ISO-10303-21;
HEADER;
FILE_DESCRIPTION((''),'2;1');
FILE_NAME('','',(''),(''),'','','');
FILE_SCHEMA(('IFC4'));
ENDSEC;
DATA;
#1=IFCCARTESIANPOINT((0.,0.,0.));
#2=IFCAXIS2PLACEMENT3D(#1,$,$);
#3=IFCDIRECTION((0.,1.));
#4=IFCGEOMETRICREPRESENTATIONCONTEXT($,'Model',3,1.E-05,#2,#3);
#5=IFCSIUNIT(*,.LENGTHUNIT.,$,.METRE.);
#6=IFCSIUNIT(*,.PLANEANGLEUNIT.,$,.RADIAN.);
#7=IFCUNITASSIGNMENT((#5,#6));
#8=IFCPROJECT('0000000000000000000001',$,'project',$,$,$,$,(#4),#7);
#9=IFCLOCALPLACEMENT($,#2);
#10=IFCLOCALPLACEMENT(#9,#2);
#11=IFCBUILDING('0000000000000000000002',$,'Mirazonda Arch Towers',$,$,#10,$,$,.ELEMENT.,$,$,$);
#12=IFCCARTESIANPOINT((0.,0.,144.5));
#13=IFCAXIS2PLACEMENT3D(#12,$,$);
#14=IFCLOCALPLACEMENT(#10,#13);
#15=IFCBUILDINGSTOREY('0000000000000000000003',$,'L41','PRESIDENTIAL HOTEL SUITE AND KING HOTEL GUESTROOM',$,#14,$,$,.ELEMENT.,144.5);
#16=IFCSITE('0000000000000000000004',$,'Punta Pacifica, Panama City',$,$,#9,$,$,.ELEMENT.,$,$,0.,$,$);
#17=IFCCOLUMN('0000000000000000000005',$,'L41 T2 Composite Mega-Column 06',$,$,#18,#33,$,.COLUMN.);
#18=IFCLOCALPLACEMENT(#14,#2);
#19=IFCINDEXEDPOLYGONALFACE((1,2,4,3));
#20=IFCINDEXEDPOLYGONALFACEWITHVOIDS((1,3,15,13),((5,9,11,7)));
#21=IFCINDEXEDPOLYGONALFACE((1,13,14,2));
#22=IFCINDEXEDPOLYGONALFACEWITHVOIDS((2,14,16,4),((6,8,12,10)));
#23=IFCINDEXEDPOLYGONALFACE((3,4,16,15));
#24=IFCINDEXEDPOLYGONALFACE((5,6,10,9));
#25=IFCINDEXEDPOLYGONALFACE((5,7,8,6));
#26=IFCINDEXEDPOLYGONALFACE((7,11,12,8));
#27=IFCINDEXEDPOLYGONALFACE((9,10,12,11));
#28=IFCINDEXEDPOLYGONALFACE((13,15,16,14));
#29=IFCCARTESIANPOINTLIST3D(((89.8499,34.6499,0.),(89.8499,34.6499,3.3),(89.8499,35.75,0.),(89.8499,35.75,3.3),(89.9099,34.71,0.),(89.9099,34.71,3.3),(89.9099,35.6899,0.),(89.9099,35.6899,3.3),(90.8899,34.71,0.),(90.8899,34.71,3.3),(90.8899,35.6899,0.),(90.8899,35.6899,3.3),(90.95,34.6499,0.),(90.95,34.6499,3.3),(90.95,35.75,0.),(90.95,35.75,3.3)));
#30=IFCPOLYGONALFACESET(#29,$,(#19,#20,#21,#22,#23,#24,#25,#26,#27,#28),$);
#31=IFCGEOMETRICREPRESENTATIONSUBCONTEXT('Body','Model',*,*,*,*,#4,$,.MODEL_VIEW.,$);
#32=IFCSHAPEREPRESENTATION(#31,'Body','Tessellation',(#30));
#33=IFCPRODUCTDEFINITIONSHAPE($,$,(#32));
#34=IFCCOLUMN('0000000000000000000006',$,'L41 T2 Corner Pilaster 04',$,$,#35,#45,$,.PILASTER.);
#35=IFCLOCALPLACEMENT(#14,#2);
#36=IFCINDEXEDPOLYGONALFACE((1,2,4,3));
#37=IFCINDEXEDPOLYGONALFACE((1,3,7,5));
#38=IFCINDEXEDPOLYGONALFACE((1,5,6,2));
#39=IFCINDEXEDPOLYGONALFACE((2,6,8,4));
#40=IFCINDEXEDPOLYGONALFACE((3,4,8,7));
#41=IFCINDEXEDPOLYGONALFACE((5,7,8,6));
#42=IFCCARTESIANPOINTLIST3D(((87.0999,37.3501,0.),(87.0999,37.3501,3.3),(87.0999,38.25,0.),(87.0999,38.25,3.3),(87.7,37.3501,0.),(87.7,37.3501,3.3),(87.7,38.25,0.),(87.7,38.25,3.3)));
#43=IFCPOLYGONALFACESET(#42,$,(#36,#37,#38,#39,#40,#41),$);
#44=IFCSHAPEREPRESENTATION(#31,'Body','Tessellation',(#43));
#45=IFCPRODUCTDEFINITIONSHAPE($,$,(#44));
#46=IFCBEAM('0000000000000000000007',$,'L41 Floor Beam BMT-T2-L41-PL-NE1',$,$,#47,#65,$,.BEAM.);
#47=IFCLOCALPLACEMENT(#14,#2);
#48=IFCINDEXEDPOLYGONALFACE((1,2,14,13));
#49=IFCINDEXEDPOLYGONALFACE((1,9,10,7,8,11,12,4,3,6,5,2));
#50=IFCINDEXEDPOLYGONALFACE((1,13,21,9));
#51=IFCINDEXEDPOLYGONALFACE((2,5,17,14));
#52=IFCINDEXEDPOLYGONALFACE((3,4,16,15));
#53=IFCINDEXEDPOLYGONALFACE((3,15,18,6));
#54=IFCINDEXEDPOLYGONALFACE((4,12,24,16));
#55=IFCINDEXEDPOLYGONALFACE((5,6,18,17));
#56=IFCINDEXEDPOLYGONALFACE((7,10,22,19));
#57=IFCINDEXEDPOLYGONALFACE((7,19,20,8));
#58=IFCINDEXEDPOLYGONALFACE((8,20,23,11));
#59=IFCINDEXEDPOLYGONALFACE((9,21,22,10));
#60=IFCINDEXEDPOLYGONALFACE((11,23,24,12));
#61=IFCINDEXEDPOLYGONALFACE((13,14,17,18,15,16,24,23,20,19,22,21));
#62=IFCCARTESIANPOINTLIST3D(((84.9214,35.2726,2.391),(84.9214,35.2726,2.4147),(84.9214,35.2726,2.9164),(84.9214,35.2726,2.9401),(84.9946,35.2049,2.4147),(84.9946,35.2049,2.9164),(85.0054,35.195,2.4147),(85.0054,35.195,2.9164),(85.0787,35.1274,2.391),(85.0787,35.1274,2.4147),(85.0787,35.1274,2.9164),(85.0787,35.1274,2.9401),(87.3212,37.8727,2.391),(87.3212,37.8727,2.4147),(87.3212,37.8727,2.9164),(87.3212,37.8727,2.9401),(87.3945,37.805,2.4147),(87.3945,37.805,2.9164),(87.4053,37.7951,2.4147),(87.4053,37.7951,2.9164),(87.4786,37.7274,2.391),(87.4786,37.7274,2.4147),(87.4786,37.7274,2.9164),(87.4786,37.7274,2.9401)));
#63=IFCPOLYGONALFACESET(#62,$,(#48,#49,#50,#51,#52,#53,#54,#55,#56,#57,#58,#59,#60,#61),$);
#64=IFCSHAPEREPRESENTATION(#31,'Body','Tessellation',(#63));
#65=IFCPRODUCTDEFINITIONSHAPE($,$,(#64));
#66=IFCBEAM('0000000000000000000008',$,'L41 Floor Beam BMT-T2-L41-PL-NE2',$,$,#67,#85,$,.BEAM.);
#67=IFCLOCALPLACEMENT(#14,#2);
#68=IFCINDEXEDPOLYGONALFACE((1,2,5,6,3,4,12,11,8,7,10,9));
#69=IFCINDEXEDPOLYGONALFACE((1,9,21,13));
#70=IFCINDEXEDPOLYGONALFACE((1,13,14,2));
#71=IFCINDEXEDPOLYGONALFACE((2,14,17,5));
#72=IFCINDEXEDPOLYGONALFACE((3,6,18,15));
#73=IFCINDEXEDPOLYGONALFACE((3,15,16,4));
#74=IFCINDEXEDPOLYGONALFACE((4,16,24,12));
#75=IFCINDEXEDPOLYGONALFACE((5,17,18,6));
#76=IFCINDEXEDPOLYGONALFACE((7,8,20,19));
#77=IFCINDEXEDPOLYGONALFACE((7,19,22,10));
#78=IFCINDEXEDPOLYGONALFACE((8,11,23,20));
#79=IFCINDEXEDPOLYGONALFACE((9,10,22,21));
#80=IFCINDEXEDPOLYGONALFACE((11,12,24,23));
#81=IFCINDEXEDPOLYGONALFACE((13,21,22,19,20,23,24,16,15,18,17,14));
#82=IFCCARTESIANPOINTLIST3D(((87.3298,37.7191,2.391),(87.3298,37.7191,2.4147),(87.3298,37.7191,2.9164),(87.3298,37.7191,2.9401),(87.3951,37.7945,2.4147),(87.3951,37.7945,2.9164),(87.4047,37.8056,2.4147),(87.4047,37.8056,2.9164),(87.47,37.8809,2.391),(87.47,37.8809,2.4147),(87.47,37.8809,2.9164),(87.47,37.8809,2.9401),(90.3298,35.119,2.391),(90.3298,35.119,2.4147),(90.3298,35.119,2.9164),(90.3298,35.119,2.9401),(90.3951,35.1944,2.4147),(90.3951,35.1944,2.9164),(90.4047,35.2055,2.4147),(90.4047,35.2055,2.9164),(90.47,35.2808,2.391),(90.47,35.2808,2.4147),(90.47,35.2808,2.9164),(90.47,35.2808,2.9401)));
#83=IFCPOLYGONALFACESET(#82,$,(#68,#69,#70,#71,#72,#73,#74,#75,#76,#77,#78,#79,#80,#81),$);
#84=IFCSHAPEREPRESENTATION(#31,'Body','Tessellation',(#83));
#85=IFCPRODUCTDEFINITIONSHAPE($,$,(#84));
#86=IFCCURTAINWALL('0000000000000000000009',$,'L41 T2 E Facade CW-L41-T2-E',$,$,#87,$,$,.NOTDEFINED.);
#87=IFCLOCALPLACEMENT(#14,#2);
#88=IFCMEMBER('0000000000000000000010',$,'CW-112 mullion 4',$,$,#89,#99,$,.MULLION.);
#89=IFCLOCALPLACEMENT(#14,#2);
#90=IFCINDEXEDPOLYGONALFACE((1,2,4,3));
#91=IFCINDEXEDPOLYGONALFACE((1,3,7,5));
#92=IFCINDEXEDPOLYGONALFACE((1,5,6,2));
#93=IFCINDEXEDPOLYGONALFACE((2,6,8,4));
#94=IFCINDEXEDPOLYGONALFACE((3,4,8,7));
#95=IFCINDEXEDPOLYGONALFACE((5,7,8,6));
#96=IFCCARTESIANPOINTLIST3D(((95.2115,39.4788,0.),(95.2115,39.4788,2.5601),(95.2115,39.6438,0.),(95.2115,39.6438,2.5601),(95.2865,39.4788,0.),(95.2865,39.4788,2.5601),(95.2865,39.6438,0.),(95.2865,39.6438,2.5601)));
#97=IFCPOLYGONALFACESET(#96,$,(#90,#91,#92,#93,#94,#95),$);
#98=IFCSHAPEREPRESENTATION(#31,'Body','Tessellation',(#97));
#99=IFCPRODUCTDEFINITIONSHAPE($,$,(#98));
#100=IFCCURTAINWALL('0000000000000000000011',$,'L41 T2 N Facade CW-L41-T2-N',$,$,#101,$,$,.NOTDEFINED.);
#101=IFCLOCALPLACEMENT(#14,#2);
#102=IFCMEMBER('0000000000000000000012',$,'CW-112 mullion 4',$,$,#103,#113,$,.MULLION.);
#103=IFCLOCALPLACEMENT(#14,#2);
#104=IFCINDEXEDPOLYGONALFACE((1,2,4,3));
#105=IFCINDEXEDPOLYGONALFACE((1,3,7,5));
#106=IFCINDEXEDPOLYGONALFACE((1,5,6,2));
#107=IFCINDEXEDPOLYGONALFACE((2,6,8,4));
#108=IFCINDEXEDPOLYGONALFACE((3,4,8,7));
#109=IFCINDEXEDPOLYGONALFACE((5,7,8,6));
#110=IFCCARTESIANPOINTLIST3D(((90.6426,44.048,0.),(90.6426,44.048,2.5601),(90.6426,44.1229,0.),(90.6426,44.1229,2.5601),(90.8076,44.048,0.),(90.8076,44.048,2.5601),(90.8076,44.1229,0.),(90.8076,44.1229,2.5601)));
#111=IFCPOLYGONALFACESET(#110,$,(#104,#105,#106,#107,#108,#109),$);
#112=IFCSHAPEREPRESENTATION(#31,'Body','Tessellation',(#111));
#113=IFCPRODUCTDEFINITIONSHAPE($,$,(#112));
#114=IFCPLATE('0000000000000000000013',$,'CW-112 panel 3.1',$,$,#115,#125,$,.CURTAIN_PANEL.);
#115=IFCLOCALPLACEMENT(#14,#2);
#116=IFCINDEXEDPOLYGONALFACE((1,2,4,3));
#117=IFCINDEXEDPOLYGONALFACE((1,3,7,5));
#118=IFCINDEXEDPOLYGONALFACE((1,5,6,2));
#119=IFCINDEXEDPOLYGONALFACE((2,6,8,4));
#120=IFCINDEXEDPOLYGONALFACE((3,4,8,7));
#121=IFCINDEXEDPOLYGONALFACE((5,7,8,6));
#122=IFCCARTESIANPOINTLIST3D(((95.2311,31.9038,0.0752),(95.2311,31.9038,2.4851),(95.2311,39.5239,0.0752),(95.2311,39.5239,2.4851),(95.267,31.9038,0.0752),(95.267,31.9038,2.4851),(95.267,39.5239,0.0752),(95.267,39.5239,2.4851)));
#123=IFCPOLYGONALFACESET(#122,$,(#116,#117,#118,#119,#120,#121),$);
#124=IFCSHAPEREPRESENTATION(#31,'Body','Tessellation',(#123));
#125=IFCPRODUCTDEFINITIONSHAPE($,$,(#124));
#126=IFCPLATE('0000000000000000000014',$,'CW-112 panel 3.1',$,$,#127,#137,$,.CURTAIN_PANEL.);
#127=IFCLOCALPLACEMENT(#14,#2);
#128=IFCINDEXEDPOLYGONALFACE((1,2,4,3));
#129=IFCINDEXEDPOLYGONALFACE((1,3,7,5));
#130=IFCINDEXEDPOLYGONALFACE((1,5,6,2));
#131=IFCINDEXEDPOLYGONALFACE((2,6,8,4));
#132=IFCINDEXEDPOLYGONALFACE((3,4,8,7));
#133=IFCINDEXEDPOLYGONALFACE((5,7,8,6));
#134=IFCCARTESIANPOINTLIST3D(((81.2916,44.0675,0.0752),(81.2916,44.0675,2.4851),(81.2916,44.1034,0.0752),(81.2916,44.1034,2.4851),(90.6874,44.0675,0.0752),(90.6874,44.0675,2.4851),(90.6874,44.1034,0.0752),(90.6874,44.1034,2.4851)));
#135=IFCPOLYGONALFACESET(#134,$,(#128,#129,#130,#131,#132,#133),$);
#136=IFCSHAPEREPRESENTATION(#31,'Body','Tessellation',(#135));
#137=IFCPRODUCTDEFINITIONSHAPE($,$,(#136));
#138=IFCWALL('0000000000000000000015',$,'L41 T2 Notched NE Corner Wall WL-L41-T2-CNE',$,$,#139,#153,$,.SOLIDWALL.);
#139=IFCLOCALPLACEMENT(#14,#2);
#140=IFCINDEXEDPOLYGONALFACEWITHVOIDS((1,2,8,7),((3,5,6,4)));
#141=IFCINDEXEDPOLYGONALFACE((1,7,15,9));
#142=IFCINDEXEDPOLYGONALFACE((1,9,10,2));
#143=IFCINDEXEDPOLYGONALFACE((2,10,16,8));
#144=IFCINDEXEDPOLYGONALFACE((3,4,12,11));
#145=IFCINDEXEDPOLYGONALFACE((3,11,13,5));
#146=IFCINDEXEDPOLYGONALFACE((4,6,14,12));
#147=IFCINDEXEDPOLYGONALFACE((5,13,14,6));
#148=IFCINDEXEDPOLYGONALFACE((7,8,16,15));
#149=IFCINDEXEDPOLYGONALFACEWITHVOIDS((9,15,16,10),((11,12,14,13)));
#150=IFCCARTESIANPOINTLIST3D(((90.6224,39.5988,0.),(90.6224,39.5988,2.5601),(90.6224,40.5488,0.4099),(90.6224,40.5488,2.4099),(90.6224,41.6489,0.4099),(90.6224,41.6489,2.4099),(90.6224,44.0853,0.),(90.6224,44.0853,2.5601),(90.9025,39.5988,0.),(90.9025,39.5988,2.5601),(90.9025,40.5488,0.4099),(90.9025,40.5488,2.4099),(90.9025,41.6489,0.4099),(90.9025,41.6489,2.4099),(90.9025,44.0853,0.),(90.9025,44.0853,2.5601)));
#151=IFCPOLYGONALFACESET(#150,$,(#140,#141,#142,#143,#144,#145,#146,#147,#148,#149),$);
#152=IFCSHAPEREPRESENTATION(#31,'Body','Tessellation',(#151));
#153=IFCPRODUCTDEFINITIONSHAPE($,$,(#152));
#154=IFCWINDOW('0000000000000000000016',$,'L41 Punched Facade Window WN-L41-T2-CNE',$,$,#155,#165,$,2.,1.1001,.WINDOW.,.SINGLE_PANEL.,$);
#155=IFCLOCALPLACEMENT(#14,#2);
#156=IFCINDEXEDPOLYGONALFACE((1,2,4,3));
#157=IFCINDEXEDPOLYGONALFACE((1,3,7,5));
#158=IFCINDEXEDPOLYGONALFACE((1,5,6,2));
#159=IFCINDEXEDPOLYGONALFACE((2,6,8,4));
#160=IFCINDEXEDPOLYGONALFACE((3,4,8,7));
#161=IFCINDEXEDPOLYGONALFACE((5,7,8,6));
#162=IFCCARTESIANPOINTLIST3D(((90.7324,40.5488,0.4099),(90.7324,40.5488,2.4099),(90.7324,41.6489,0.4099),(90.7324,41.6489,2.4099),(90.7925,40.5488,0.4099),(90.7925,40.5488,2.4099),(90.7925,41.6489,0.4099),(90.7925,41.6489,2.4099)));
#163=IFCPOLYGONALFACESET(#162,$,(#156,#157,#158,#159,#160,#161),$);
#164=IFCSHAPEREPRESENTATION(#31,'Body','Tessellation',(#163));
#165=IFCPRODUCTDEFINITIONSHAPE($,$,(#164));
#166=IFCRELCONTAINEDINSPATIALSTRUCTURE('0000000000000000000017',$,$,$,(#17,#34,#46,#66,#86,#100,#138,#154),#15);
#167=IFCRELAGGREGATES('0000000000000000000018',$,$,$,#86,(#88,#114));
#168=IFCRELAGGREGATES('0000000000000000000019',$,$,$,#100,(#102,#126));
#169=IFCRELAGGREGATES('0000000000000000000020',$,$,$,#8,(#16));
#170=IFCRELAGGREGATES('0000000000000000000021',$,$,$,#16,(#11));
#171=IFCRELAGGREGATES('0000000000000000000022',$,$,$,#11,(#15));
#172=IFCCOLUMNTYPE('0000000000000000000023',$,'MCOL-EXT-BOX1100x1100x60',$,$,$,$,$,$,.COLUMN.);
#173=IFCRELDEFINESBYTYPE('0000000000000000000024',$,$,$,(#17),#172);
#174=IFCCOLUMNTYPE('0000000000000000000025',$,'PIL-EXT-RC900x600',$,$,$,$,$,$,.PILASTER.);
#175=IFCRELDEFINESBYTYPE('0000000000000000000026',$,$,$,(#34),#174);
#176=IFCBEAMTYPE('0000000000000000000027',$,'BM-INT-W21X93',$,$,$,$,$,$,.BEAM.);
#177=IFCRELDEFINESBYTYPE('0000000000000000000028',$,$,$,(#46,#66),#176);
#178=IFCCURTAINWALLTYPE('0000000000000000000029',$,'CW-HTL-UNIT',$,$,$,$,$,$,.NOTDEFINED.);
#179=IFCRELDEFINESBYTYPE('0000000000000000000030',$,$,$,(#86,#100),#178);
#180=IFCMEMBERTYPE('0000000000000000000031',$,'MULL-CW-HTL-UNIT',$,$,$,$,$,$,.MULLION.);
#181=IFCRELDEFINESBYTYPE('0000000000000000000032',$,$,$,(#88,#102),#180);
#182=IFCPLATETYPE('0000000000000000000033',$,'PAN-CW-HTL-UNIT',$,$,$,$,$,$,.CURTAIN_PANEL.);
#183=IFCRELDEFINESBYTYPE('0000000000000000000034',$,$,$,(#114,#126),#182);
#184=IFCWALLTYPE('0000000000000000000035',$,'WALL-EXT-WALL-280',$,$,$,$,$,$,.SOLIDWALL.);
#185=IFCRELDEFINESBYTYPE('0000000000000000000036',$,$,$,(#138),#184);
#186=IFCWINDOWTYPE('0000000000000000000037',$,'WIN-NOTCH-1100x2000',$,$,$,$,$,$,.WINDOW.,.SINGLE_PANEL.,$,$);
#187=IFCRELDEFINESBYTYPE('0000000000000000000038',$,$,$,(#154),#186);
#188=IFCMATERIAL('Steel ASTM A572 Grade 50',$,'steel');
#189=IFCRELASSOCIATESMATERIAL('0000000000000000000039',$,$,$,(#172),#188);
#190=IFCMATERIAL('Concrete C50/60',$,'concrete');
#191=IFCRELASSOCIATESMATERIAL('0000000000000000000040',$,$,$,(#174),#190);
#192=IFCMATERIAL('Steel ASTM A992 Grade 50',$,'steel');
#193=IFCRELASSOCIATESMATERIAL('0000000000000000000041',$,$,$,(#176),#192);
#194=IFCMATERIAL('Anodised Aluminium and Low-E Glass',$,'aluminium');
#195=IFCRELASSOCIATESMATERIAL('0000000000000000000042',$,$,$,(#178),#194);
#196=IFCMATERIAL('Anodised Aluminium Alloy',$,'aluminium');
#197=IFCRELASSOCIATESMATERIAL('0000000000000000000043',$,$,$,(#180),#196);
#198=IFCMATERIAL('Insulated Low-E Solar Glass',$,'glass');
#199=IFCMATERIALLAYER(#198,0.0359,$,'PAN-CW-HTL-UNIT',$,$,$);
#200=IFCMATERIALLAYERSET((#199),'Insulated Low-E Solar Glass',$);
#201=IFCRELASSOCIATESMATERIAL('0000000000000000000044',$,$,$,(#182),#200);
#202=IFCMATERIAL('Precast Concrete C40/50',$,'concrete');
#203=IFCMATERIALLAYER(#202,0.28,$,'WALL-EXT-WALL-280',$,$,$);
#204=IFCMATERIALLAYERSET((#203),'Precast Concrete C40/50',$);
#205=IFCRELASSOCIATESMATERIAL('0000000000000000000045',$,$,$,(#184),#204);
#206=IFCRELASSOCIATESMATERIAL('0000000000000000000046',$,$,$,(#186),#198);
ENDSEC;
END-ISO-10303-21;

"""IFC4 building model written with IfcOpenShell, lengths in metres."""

from ifc_helpers import new_model, si_unit, direction, frame, frame_2d, origin, origin_2d, place, context, subcontext, project, spatial, rectangle, hollow_rectangle, i_section, extrude, material, layer, layer_set, material_profile, profile_set, type_object, element, fill, aggregate, save


model = new_model("IFC4")

# Units and contexts
model_context = context("Model", 3, precision=1e-05, world=origin(), true_north=direction((0.0, 1.0)))
body_context = subcontext(model_context, "Body", "Model", "MODEL_VIEW")
ifc_project = project(units=[si_unit("LENGTHUNIT", "METRE"), si_unit("PLANEANGLEUNIT", "RADIAN")], contexts=[model_context])

# Site, building, storey
site_placement = place(None, origin())
site = spatial("IfcSite", under=ifc_project, at=site_placement, Name="Punta Pacifica, Panama City", CompositionType="ELEMENT", RefElevation=0.0)
building_placement = place(site_placement, origin())
building = spatial("IfcBuilding", under=site, at=building_placement, Name="Mirazonda Arch Towers", CompositionType="ELEMENT")
storey_placement = place(building_placement, frame((0.0, 0.0, 144.5)))
storey = spatial("IfcBuildingStorey", under=building, at=storey_placement, Name="L41", Description="PRESIDENTIAL HOTEL SUITE AND KING HOTEL GUESTROOM", CompositionType="ELEMENT", Elevation=144.5)

# Columns
ifc_material_1 = material(Name="Steel ASTM A572 Grade 50", Category="steel")
ifc_material_profile_1 = material_profile(ifc_material_1, hollow_rectangle(XDim=1.1001, YDim=1.1001, WallThickness=0.0601, at=origin_2d()), Name="BOX1100x1100x60")
ifc_profile_set_1 = profile_set([ifc_material_profile_1], Name="Steel ASTM A572 Grade 50")
column_type_1 = type_object("IfcColumnType", Name="MCOL-EXT-BOX1100x1100x60", PredefinedType="COLUMN", material=ifc_profile_set_1)
column_1_placement = place(storey_placement, frame((90.3999, 35.2, 0.0), z_axis=(0.0, 0.0, 1.0), x_axis=(1.0, 0.0, 0.0)))
element("IfcColumn", 1, at=column_1_placement, inside=storey, type_object=column_type_1, Name="L41 T2 Composite Mega-Column 06", PredefinedType="COLUMN", context=body_context, shape_type="SweptSolid", body=[
    extrude(hollow_rectangle(XDim=1.1001, YDim=1.1001, WallThickness=0.0601, at=origin_2d()), origin(), (0.0, 0.0, 1.0), 3.3),
])
ifc_material_2 = material(Name="Concrete C50/60", Category="concrete")
ifc_material_profile_2 = material_profile(ifc_material_2, rectangle(XDim=0.6001, YDim=0.8999, at=origin_2d()), Name="RC900x600")
ifc_profile_set_2 = profile_set([ifc_material_profile_2], Name="Concrete C50/60")
column_type_2 = type_object("IfcColumnType", Name="PIL-EXT-RC900x600", PredefinedType="PILASTER", material=ifc_profile_set_2)
column_2_placement = place(storey_placement, frame((87.3999, 37.8, 0.0), z_axis=(0.0, 0.0, 1.0), x_axis=(1.0, 0.0, 0.0)))
element("IfcColumn", 2, at=column_2_placement, inside=storey, type_object=column_type_2, Name="L41 T2 Corner Pilaster 04", PredefinedType="PILASTER", context=body_context, shape_type="SweptSolid", body=[
    extrude(rectangle(XDim=0.6001, YDim=0.8999, at=origin_2d()), origin(), (0.0, 0.0, 1.0), 3.3),
])

# Beams
ifc_material_3 = material(Name="Steel ASTM A992 Grade 50", Category="steel")
ifc_material_profile_3 = material_profile(ifc_material_3, i_section(OverallWidth=0.2141, OverallDepth=0.5491, WebThickness=0.0146, FlangeThickness=0.0237, at=origin_2d()), Name="W21X93")
ifc_profile_set_3 = profile_set([ifc_material_profile_3], Name="Steel ASTM A992 Grade 50")
beam_type = type_object("IfcBeamType", Name="BM-INT-W21X93", PredefinedType="BEAM", material=ifc_profile_set_3)
beam_1_placement = place(storey_placement, frame((87.3999, 37.8, 2.6655), z_axis=(-0.678251, -0.73483, 0.0), x_axis=(0.73483, -0.678251, 0.0)))
element("IfcBeam", 3, at=beam_1_placement, inside=storey, type_object=beam_type, Name="L41 Floor Beam BMT-T2-L41-PL-NE1", PredefinedType="BEAM", context=body_context, shape_type="SweptSolid", body=[
    extrude(i_section(OverallWidth=0.2141, OverallDepth=0.5491, WebThickness=0.0146, FlangeThickness=0.0237, at=origin_2d()), origin(), (0.0, 0.0, 1.0), 3.5383),
])
beam_2_placement = place(storey_placement, frame((87.3999, 37.8, 2.6655), z_axis=(0.755677, -0.654945, 0.0), x_axis=(0.654945, 0.755677, 0.0)))
element("IfcBeam", 4, at=beam_2_placement, inside=storey, type_object=beam_type, Name="L41 Floor Beam BMT-T2-L41-PL-NE2", PredefinedType="BEAM", context=body_context, shape_type="SweptSolid", body=[
    extrude(i_section(OverallWidth=0.2141, OverallDepth=0.5491, WebThickness=0.0146, FlangeThickness=0.0237, at=origin_2d()), origin(), (0.0, 0.0, 1.0), 3.97),
])

# Curtain walls, members
ifc_material_4 = material(Name="Anodised Aluminium and Low-E Glass", Category="aluminium")
curtain_wall_type = type_object("IfcCurtainWallType", Name="CW-HTL-UNIT", PredefinedType="NOTDEFINED", material=ifc_material_4)
curtain_wall_1_placement = place(storey_placement, origin())
curtain_wall_1 = element("IfcCurtainWall", 5, at=curtain_wall_1_placement, inside=storey, type_object=curtain_wall_type, Name="L41 T2 E Facade CW-L41-T2-E", PredefinedType="NOTDEFINED")
ifc_material_5 = material(Name="Anodised Aluminium Alloy", Category="aluminium")
ifc_material_profile_4 = material_profile(ifc_material_5, rectangle(XDim=0.075, YDim=0.165, at=origin_2d()), Name="ALU-MULL-75x165")
ifc_profile_set_4 = profile_set([ifc_material_profile_4], Name="Anodised Aluminium Alloy")
member_type = type_object("IfcMemberType", Name="MULL-CW-HTL-UNIT", PredefinedType="MULLION", material=ifc_profile_set_4)
member_1_placement = place(storey_placement, frame((95.249, 39.5613, 0.0), z_axis=(0.0, 0.0, 1.0), x_axis=(-1.0, 0.0, 0.0)))
member_1 = element("IfcMember", 6, at=member_1_placement, type_object=member_type, Name="CW-112 mullion 4", PredefinedType="MULLION", context=body_context, shape_type="SweptSolid", body=[
    extrude(rectangle(XDim=0.075, YDim=0.165, at=origin_2d()), origin(), (0.0, 0.0, 1.0), 2.5601),
])
curtain_wall_2_placement = place(storey_placement, origin())
curtain_wall_2 = element("IfcCurtainWall", 7, at=curtain_wall_2_placement, inside=storey, type_object=curtain_wall_type, Name="L41 T2 N Facade CW-L41-T2-N", PredefinedType="NOTDEFINED")
member_2_placement = place(storey_placement, frame((90.7251, 44.0854, 0.0), z_axis=(0.0, 0.0, 1.0), x_axis=(0.0, 1.0, 0.0)))
member_2 = element("IfcMember", 8, at=member_2_placement, type_object=member_type, Name="CW-112 mullion 4", PredefinedType="MULLION", context=body_context, shape_type="SweptSolid", body=[
    extrude(rectangle(XDim=0.075, YDim=0.165, at=origin_2d()), origin(), (0.0, 0.0, 1.0), 2.5601),
])

# Plates
ifc_material_6 = material(Name="Insulated Low-E Solar Glass", Category="glass")
ifc_layer_1 = layer(ifc_material_6, 0.0359, Name="PAN-CW-HTL-UNIT")
ifc_layer_set_1 = layer_set([ifc_layer_1], Name="Insulated Low-E Solar Glass")
plate_type = type_object("IfcPlateType", Name="PAN-CW-HTL-UNIT", PredefinedType="CURTAIN_PANEL", material=ifc_layer_set_1)
plate_1_placement = place(storey_placement, frame((95.249, 35.7139, 0.0752), z_axis=(0.0, 0.0, 1.0), x_axis=(0.0, 1.0, 0.0)))
plate_1 = element("IfcPlate", 9, at=plate_1_placement, type_object=plate_type, Name="CW-112 panel 3.1", PredefinedType="CURTAIN_PANEL", context=body_context, shape_type="SweptSolid", body=[
    extrude(rectangle(XDim=7.6201, YDim=0.0359, at=origin_2d()), origin(), (0.0, 0.0, 1.0), 2.4099),
])
aggregate(curtain_wall_1, [member_1, plate_1])
plate_2_placement = place(storey_placement, frame((85.9895, 44.0854, 0.0752), z_axis=(0.0, 0.0, 1.0), x_axis=(1.0, 0.0, 0.0)))
plate_2 = element("IfcPlate", 10, at=plate_2_placement, type_object=plate_type, Name="CW-112 panel 3.1", PredefinedType="CURTAIN_PANEL", context=body_context, shape_type="SweptSolid", body=[
    extrude(rectangle(XDim=9.3958, YDim=0.0359, at=origin_2d()), origin(), (0.0, 0.0, 1.0), 2.4099),
])
aggregate(curtain_wall_2, [member_2, plate_2])

# Wall, opening, window
ifc_material_7 = material(Name="Precast Concrete C40/50", Category="concrete")
ifc_layer_2 = layer(ifc_material_7, 0.28, Name="WALL-EXT-WALL-280")
ifc_layer_set_2 = layer_set([ifc_layer_2], Name="Precast Concrete C40/50")
wall_type_1 = type_object("IfcWallType", Name="WALL-EXT-WALL-280", PredefinedType="SOLIDWALL", material=ifc_layer_set_2)
wall_1_placement = place(storey_placement, frame((90.7625, 39.5989, 0.0), z_axis=(0.0, 0.0, 1.0), x_axis=(0.0, 1.0, 0.0)))
wall_1 = element("IfcWall", 11, at=wall_1_placement, inside=storey, type_object=wall_type_1, Name="L41 T2 Notched NE Corner Wall WL-L41-T2-CNE", PredefinedType="SOLIDWALL", context=body_context, shape_type="SweptSolid", body=[
    extrude(rectangle(XDim=4.4866, YDim=0.28, at=frame_2d((2.2432, 0.0))), origin(), (0.0, 0.0, 1.0), 2.5601),
])
opening_1_placement = place(wall_1_placement, frame((0.95, 0.0, 0.4099)))
opening_1 = element("IfcOpeningElement", 12, at=opening_1_placement, cuts=wall_1, PredefinedType="OPENING", context=body_context, shape_type="SweptSolid", body=[
    extrude(rectangle(XDim=1.1001, YDim=2.0, at=frame_2d((0.55, 1.0))), frame((0.0, 0.1499, 0.0), z_axis=(0.0, -1.0, 0.0), x_axis=(1.0, 0.0, 0.0)), (0.0, 0.0, 1.0), 0.3),
])
window_type = type_object("IfcWindowType", Name="WIN-NOTCH-1100x2000", PartitioningType="SINGLE_PANEL", PredefinedType="WINDOW", material=ifc_material_6)
window_1_placement = place(opening_1_placement, origin())
window_1 = element("IfcWindow", 13, at=window_1_placement, inside=storey, type_object=window_type, Name="L41 Punched Facade Window WN-L41-T2-CNE", OverallHeight=2.0, OverallWidth=1.1001, PartitioningType="SINGLE_PANEL", PredefinedType="WINDOW", context=body_context, shape_type="SweptSolid", body=[
    extrude(rectangle(XDim=1.1001, YDim=2.0, at=frame_2d((0.55, 1.0))), frame((0.0, 0.03, 0.0), z_axis=(0.0, -1.0, 0.0), x_axis=(1.0, 0.0, 0.0)), (0.0, 0.0, 1.0), 0.0601),
])
fill(opening_1, window_1)

save(model, "model.ifc")
